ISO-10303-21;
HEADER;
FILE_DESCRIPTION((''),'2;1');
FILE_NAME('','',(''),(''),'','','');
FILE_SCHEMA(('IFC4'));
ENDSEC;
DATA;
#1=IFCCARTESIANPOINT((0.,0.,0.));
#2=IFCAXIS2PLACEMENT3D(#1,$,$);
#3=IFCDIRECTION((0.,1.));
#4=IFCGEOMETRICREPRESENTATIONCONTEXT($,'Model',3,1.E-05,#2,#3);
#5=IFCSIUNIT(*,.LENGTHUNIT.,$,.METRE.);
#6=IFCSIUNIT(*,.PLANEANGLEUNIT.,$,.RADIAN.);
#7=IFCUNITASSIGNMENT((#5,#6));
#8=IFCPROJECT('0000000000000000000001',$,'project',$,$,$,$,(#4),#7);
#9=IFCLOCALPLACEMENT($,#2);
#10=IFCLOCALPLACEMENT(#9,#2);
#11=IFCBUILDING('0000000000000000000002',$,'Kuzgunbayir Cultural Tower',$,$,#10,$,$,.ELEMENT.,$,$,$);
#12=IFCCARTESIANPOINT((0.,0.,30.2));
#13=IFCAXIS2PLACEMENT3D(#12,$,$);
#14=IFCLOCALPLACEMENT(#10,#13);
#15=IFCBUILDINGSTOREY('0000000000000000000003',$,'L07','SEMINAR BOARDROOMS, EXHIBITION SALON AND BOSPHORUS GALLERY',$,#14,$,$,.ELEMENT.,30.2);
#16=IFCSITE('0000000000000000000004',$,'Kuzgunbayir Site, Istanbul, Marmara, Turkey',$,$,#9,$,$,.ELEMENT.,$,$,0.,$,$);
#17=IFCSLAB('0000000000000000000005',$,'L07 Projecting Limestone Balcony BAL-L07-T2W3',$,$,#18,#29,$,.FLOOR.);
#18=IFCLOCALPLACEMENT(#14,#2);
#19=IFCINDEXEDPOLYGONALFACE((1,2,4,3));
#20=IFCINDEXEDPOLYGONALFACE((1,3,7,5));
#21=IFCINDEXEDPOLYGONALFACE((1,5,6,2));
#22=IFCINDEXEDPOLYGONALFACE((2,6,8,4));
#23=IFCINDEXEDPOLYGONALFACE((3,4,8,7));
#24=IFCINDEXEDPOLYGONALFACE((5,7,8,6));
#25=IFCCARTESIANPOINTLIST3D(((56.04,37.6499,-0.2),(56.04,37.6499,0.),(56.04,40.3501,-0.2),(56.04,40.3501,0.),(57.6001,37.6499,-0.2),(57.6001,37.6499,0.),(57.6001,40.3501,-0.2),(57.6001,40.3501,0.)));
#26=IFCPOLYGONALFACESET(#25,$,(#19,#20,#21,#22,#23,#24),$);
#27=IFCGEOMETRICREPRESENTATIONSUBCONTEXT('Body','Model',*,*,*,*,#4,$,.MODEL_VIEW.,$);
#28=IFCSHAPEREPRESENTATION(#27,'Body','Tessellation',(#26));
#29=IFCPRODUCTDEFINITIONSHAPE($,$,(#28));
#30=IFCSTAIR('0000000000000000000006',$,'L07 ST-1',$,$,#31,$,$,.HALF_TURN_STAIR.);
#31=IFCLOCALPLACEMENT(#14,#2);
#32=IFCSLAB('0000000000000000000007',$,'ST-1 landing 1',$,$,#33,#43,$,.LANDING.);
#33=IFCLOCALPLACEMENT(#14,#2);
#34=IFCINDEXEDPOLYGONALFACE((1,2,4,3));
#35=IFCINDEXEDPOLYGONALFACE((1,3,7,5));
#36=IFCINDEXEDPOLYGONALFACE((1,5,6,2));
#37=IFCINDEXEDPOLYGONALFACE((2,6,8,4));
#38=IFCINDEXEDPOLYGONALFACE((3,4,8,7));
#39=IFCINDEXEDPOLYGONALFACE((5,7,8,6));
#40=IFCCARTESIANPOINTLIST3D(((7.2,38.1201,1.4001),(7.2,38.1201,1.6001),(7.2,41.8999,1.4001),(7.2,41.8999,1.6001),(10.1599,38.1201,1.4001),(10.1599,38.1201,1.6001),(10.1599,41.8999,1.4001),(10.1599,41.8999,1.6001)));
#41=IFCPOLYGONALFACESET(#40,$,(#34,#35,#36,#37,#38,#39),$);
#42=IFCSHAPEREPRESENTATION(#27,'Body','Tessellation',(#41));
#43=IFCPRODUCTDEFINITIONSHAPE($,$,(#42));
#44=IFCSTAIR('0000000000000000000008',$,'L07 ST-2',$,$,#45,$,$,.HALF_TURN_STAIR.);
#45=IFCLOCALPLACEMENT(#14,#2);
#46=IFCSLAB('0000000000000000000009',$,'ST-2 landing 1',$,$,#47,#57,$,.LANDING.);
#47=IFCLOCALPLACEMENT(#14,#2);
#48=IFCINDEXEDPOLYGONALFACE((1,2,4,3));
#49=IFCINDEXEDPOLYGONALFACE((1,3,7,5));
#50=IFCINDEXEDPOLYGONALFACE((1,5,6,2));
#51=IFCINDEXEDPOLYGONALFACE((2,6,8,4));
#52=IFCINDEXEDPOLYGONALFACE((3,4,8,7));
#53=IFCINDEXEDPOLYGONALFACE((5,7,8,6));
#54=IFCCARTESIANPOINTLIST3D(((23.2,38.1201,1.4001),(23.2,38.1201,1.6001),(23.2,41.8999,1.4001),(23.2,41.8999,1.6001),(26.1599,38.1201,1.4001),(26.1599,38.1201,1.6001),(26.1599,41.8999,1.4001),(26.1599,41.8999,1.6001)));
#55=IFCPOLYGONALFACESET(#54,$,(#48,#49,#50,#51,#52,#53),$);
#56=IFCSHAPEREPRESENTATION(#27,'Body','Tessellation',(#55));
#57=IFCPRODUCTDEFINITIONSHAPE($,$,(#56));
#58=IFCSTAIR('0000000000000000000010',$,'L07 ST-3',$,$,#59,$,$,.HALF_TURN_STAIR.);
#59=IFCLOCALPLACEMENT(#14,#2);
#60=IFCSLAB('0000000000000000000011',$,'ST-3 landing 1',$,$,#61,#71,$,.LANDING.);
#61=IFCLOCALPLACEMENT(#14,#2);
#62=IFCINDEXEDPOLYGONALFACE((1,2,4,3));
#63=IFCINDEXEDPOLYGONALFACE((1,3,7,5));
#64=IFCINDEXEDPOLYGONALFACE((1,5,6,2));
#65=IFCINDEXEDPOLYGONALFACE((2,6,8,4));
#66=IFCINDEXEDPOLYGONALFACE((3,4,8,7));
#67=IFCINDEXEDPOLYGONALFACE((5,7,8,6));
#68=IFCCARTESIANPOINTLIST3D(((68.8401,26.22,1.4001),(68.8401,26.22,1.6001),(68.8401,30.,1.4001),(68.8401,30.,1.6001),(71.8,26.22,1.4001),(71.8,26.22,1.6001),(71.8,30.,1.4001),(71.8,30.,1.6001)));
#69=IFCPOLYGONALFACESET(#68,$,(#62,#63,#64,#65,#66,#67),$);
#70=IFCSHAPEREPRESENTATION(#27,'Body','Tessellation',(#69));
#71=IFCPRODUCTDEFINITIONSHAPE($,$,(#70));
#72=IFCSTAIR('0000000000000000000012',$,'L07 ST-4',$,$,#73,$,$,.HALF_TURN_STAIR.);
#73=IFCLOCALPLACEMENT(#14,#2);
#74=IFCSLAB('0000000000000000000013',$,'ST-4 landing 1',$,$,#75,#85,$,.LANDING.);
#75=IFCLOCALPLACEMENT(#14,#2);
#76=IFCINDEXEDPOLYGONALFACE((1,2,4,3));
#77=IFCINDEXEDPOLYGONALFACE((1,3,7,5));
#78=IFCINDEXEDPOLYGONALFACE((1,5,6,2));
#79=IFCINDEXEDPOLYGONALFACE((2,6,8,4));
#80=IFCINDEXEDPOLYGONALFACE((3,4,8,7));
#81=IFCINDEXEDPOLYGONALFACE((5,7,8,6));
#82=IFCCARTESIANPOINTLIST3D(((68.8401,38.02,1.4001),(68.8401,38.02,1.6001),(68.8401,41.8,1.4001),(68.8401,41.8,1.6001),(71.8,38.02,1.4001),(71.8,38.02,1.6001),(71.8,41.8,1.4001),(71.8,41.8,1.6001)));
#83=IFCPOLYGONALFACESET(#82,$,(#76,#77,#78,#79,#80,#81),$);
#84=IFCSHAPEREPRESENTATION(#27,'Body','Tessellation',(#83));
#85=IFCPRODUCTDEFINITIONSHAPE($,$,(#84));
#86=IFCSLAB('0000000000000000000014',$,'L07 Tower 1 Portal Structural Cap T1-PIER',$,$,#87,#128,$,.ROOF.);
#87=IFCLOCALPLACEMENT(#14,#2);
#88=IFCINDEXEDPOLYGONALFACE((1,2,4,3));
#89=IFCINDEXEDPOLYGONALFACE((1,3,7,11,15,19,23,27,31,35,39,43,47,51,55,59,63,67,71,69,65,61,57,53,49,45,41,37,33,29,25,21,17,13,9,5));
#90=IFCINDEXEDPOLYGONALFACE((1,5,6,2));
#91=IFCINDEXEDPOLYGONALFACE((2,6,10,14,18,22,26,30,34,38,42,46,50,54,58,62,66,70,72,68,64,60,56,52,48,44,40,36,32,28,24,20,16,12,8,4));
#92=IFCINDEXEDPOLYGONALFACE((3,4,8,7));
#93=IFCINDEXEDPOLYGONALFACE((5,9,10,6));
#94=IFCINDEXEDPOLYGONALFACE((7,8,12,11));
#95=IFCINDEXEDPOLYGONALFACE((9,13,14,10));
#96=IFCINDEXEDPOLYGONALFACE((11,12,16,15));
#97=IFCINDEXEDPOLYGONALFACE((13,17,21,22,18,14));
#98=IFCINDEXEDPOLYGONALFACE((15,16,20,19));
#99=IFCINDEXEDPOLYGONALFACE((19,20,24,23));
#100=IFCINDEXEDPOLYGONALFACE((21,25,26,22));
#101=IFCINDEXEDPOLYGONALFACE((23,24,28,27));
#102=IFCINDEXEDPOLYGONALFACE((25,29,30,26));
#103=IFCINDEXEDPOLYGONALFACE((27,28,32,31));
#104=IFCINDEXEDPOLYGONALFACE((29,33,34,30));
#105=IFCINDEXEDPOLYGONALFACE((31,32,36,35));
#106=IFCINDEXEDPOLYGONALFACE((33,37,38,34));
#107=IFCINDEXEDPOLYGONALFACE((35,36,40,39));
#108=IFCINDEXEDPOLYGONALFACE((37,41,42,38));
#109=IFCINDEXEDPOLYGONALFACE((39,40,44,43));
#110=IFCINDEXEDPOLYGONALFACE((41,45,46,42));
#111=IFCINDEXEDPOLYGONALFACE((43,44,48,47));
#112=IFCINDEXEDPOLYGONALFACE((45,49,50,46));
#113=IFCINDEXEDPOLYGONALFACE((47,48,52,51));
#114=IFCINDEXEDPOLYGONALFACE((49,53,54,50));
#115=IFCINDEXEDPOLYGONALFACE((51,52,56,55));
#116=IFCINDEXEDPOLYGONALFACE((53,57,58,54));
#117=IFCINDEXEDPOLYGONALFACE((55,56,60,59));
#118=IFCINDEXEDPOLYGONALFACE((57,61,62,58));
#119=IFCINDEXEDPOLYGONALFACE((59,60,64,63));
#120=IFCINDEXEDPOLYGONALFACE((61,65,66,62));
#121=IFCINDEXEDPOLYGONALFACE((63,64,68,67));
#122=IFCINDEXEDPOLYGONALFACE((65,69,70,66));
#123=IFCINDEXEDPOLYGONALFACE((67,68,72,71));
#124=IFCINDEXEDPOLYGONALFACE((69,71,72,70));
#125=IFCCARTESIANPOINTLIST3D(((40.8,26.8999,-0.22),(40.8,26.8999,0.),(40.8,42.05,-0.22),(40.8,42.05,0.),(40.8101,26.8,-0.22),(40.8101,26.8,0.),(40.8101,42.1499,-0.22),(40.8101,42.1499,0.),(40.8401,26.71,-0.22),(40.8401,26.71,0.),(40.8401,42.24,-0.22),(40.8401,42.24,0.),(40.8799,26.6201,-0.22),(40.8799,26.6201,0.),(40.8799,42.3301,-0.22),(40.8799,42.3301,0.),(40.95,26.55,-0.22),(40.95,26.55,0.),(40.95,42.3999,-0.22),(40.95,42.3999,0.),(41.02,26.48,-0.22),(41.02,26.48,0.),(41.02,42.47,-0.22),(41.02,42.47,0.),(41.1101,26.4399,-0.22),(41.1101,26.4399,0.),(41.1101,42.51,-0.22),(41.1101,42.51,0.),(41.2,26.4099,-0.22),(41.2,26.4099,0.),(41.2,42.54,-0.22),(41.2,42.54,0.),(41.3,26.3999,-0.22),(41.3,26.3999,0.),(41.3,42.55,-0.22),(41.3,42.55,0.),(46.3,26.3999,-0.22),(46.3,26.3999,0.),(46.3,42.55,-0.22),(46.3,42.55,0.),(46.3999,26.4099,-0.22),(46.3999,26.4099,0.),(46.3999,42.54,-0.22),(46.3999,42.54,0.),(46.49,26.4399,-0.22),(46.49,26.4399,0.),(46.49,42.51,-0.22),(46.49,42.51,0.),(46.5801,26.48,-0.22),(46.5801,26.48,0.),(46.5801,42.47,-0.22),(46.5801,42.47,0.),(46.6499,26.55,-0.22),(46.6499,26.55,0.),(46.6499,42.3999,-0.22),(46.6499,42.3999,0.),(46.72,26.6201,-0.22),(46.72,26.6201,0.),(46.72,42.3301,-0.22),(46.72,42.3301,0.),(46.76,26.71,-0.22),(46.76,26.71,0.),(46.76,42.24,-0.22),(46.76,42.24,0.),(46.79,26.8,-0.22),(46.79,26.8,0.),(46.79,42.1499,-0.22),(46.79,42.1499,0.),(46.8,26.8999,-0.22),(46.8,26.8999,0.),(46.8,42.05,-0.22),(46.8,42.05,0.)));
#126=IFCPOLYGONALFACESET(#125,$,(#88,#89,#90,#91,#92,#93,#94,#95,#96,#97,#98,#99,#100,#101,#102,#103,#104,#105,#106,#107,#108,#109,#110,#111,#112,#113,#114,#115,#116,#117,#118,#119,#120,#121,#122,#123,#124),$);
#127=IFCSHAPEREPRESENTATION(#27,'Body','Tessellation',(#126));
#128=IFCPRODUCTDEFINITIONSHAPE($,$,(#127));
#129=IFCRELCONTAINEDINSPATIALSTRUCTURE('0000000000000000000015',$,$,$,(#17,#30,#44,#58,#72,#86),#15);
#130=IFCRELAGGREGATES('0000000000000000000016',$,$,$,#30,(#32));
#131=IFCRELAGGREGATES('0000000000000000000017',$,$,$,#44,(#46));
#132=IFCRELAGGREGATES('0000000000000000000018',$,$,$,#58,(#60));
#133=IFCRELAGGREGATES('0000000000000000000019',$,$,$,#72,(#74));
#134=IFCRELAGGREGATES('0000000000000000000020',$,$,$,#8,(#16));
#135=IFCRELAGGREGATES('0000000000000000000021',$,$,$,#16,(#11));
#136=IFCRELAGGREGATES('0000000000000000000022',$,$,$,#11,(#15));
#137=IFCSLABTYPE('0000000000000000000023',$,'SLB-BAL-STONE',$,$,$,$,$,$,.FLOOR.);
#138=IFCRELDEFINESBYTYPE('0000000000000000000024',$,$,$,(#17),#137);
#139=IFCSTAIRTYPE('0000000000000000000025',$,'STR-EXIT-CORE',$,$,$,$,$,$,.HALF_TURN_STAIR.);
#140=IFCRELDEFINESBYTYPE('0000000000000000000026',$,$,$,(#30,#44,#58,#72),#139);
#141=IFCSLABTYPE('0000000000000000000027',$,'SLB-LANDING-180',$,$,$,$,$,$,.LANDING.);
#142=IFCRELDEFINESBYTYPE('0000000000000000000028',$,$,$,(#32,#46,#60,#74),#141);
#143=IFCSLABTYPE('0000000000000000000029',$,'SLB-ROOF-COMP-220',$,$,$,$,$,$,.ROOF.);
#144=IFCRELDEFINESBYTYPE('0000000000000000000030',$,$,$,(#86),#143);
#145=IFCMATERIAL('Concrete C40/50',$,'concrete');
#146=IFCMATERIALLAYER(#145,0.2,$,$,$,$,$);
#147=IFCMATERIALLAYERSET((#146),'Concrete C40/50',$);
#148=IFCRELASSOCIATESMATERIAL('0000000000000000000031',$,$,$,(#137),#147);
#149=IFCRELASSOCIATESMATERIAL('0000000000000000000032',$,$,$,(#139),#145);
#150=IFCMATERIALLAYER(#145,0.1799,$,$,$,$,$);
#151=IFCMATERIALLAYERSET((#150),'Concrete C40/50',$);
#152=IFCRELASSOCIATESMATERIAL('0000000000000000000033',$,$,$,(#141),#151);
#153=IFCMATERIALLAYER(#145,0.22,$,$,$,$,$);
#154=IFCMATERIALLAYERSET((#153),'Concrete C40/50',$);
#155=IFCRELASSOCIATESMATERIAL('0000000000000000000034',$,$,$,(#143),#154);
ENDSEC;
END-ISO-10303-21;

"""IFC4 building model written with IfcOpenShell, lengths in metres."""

from ifc_helpers import new_model, si_unit, direction, frame, origin, place, context, subcontext, project, spatial, polyline, outline, extrude, material, layer, layer_set, type_object, element, aggregate, save


model = new_model("IFC4")

# Units and contexts
model_context = context("Model", 3, precision=1e-05, world=origin(), true_north=direction((0.0, 1.0)))
body_context = subcontext(model_context, "Body", "Model", "MODEL_VIEW")
ifc_project = project(units=[si_unit("LENGTHUNIT", "METRE"), si_unit("PLANEANGLEUNIT", "RADIAN")], contexts=[model_context])

# Site, building, storey
site_placement = place(None, origin())
site = spatial("IfcSite", under=ifc_project, at=site_placement, Name="Kuzgunbayir Site, Istanbul, Marmara, Turkey", CompositionType="ELEMENT", RefElevation=0.0)
building_placement = place(site_placement, origin())
building = spatial("IfcBuilding", under=site, at=building_placement, Name="Kuzgunbayir Cultural Tower", CompositionType="ELEMENT")
storey_placement = place(building_placement, frame((0.0, 0.0, 30.2)))
storey = spatial("IfcBuildingStorey", under=building, at=storey_placement, Name="L07", Description="SEMINAR BOARDROOMS, EXHIBITION SALON AND BOSPHORUS GALLERY", CompositionType="ELEMENT", Elevation=30.2)

# Slab
ifc_material_1 = material(Name="Concrete C40/50", Category="concrete")
ifc_layer_1 = layer(ifc_material_1, 0.2)
ifc_layer_set_1 = layer_set([ifc_layer_1], Name="Concrete C40/50")
slab_type_1 = type_object("IfcSlabType", Name="SLB-BAL-STONE", PredefinedType="FLOOR", material=ifc_layer_set_1)
slab_1_placement = place(storey_placement, frame((0.0, 0.0, -0.2)))
element("IfcSlab", 1, at=slab_1_placement, inside=storey, type_object=slab_type_1, Name="L07 Projecting Limestone Balcony BAL-L07-T2W3", PredefinedType="FLOOR", context=body_context, shape_type="SweptSolid", body=[
    extrude(outline(polyline([(56.04, 37.6499), (57.6001, 37.6499), (57.6001, 40.3501), (56.04, 40.3501), (56.04, 37.6499)])), origin(), (0.0, 0.0, 1.0), 0.2),
])

# Stairs, slabs
stair_type = type_object("IfcStairType", Name="STR-EXIT-CORE", PredefinedType="HALF_TURN_STAIR", material=ifc_material_1)
stair_1_placement = place(storey_placement, origin())
stair_1 = element("IfcStair", 2, at=stair_1_placement, inside=storey, type_object=stair_type, Name="L07 ST-1", PredefinedType="HALF_TURN_STAIR")
ifc_layer_2 = layer(ifc_material_1, 0.1799)
ifc_layer_set_2 = layer_set([ifc_layer_2], Name="Concrete C40/50")
slab_type_2 = type_object("IfcSlabType", Name="SLB-LANDING-180", PredefinedType="LANDING", material=ifc_layer_set_2)
slab_2_placement = place(storey_placement, frame((0.0, 0.0, 1.4001)))
slab_2 = element("IfcSlab", 3, at=slab_2_placement, type_object=slab_type_2, Name="ST-1 landing 1", PredefinedType="LANDING", context=body_context, shape_type="SweptSolid", body=[
    extrude(outline(polyline([(10.1599, 38.1201), (10.1599, 41.8999), (7.2, 41.8999), (7.2, 38.1201), (10.1599, 38.1201)])), origin(), (0.0, 0.0, 1.0), 0.2),
])
aggregate(stair_1, [slab_2])
stair_2_placement = place(storey_placement, origin())
stair_2 = element("IfcStair", 4, at=stair_2_placement, inside=storey, type_object=stair_type, Name="L07 ST-2", PredefinedType="HALF_TURN_STAIR")
slab_3_placement = place(storey_placement, frame((0.0, 0.0, 1.4001)))
slab_3 = element("IfcSlab", 5, at=slab_3_placement, type_object=slab_type_2, Name="ST-2 landing 1", PredefinedType="LANDING", context=body_context, shape_type="SweptSolid", body=[
    extrude(outline(polyline([(26.1599, 38.1201), (26.1599, 41.8999), (23.2, 41.8999), (23.2, 38.1201), (26.1599, 38.1201)])), origin(), (0.0, 0.0, 1.0), 0.2),
])
aggregate(stair_2, [slab_3])
stair_3_placement = place(storey_placement, origin())
stair_3 = element("IfcStair", 6, at=stair_3_placement, inside=storey, type_object=stair_type, Name="L07 ST-3", PredefinedType="HALF_TURN_STAIR")
slab_4_placement = place(storey_placement, frame((0.0, 0.0, 1.4001)))
slab_4 = element("IfcSlab", 7, at=slab_4_placement, type_object=slab_type_2, Name="ST-3 landing 1", PredefinedType="LANDING", context=body_context, shape_type="SweptSolid", body=[
    extrude(outline(polyline([(71.8, 26.22), (71.8, 30.0), (68.8401, 30.0), (68.8401, 26.22), (71.8, 26.22)])), origin(), (0.0, 0.0, 1.0), 0.2),
])
aggregate(stair_3, [slab_4])
stair_4_placement = place(storey_placement, origin())
stair_4 = element("IfcStair", 8, at=stair_4_placement, inside=storey, type_object=stair_type, Name="L07 ST-4", PredefinedType="HALF_TURN_STAIR")
slab_5_placement = place(storey_placement, frame((0.0, 0.0, 1.4001)))
slab_5 = element("IfcSlab", 9, at=slab_5_placement, type_object=slab_type_2, Name="ST-4 landing 1", PredefinedType="LANDING", context=body_context, shape_type="SweptSolid", body=[
    extrude(outline(polyline([(71.8, 38.02), (71.8, 41.8), (68.8401, 41.8), (68.8401, 38.02), (71.8, 38.02)])), origin(), (0.0, 0.0, 1.0), 0.2),
])
aggregate(stair_4, [slab_5])

# Slab
ifc_layer_3 = layer(ifc_material_1, 0.22)
ifc_layer_set_3 = layer_set([ifc_layer_3], Name="Concrete C40/50")
slab_type_3 = type_object("IfcSlabType", Name="SLB-ROOF-COMP-220", PredefinedType="ROOF", material=ifc_layer_set_3)
slab_6_placement = place(storey_placement, frame((0.0, 0.0, -0.22)))
element("IfcSlab", 10, at=slab_6_placement, inside=storey, type_object=slab_type_3, Name="L07 Tower 1 Portal Structural Cap T1-PIER", PredefinedType="ROOF", context=body_context, shape_type="SweptSolid", body=[
    extrude(outline(polyline([(46.3, 26.3999), (46.3999, 26.4099), (46.49, 26.4399), (46.5801, 26.48), (46.6499, 26.55), (46.72, 26.6201), (46.76, 26.71), (46.79, 26.8), (46.8, 26.8999), (46.8, 42.05), (46.79, 42.1499), (46.76, 42.24), (46.72, 42.3301), (46.6499, 42.3999), (46.5801, 42.47), (46.49, 42.51), (46.3999, 42.54), (46.3, 42.55), (41.3, 42.55), (41.2, 42.54), (41.1101, 42.51), (41.02, 42.47), (40.95, 42.3999), (40.8799, 42.3301), (40.8401, 42.24), (40.8101, 42.1499), (40.8, 42.05), (40.8, 26.8999), (40.8101, 26.8), (40.8401, 26.71), (40.8799, 26.6201), (40.95, 26.55), (41.02, 26.48), (41.1101, 26.4399), (41.2, 26.4099), (41.3, 26.3999), (46.3, 26.3999)])), origin(), (0.0, 0.0, 1.0), 0.22),
])

save(model, "model.ifc")
